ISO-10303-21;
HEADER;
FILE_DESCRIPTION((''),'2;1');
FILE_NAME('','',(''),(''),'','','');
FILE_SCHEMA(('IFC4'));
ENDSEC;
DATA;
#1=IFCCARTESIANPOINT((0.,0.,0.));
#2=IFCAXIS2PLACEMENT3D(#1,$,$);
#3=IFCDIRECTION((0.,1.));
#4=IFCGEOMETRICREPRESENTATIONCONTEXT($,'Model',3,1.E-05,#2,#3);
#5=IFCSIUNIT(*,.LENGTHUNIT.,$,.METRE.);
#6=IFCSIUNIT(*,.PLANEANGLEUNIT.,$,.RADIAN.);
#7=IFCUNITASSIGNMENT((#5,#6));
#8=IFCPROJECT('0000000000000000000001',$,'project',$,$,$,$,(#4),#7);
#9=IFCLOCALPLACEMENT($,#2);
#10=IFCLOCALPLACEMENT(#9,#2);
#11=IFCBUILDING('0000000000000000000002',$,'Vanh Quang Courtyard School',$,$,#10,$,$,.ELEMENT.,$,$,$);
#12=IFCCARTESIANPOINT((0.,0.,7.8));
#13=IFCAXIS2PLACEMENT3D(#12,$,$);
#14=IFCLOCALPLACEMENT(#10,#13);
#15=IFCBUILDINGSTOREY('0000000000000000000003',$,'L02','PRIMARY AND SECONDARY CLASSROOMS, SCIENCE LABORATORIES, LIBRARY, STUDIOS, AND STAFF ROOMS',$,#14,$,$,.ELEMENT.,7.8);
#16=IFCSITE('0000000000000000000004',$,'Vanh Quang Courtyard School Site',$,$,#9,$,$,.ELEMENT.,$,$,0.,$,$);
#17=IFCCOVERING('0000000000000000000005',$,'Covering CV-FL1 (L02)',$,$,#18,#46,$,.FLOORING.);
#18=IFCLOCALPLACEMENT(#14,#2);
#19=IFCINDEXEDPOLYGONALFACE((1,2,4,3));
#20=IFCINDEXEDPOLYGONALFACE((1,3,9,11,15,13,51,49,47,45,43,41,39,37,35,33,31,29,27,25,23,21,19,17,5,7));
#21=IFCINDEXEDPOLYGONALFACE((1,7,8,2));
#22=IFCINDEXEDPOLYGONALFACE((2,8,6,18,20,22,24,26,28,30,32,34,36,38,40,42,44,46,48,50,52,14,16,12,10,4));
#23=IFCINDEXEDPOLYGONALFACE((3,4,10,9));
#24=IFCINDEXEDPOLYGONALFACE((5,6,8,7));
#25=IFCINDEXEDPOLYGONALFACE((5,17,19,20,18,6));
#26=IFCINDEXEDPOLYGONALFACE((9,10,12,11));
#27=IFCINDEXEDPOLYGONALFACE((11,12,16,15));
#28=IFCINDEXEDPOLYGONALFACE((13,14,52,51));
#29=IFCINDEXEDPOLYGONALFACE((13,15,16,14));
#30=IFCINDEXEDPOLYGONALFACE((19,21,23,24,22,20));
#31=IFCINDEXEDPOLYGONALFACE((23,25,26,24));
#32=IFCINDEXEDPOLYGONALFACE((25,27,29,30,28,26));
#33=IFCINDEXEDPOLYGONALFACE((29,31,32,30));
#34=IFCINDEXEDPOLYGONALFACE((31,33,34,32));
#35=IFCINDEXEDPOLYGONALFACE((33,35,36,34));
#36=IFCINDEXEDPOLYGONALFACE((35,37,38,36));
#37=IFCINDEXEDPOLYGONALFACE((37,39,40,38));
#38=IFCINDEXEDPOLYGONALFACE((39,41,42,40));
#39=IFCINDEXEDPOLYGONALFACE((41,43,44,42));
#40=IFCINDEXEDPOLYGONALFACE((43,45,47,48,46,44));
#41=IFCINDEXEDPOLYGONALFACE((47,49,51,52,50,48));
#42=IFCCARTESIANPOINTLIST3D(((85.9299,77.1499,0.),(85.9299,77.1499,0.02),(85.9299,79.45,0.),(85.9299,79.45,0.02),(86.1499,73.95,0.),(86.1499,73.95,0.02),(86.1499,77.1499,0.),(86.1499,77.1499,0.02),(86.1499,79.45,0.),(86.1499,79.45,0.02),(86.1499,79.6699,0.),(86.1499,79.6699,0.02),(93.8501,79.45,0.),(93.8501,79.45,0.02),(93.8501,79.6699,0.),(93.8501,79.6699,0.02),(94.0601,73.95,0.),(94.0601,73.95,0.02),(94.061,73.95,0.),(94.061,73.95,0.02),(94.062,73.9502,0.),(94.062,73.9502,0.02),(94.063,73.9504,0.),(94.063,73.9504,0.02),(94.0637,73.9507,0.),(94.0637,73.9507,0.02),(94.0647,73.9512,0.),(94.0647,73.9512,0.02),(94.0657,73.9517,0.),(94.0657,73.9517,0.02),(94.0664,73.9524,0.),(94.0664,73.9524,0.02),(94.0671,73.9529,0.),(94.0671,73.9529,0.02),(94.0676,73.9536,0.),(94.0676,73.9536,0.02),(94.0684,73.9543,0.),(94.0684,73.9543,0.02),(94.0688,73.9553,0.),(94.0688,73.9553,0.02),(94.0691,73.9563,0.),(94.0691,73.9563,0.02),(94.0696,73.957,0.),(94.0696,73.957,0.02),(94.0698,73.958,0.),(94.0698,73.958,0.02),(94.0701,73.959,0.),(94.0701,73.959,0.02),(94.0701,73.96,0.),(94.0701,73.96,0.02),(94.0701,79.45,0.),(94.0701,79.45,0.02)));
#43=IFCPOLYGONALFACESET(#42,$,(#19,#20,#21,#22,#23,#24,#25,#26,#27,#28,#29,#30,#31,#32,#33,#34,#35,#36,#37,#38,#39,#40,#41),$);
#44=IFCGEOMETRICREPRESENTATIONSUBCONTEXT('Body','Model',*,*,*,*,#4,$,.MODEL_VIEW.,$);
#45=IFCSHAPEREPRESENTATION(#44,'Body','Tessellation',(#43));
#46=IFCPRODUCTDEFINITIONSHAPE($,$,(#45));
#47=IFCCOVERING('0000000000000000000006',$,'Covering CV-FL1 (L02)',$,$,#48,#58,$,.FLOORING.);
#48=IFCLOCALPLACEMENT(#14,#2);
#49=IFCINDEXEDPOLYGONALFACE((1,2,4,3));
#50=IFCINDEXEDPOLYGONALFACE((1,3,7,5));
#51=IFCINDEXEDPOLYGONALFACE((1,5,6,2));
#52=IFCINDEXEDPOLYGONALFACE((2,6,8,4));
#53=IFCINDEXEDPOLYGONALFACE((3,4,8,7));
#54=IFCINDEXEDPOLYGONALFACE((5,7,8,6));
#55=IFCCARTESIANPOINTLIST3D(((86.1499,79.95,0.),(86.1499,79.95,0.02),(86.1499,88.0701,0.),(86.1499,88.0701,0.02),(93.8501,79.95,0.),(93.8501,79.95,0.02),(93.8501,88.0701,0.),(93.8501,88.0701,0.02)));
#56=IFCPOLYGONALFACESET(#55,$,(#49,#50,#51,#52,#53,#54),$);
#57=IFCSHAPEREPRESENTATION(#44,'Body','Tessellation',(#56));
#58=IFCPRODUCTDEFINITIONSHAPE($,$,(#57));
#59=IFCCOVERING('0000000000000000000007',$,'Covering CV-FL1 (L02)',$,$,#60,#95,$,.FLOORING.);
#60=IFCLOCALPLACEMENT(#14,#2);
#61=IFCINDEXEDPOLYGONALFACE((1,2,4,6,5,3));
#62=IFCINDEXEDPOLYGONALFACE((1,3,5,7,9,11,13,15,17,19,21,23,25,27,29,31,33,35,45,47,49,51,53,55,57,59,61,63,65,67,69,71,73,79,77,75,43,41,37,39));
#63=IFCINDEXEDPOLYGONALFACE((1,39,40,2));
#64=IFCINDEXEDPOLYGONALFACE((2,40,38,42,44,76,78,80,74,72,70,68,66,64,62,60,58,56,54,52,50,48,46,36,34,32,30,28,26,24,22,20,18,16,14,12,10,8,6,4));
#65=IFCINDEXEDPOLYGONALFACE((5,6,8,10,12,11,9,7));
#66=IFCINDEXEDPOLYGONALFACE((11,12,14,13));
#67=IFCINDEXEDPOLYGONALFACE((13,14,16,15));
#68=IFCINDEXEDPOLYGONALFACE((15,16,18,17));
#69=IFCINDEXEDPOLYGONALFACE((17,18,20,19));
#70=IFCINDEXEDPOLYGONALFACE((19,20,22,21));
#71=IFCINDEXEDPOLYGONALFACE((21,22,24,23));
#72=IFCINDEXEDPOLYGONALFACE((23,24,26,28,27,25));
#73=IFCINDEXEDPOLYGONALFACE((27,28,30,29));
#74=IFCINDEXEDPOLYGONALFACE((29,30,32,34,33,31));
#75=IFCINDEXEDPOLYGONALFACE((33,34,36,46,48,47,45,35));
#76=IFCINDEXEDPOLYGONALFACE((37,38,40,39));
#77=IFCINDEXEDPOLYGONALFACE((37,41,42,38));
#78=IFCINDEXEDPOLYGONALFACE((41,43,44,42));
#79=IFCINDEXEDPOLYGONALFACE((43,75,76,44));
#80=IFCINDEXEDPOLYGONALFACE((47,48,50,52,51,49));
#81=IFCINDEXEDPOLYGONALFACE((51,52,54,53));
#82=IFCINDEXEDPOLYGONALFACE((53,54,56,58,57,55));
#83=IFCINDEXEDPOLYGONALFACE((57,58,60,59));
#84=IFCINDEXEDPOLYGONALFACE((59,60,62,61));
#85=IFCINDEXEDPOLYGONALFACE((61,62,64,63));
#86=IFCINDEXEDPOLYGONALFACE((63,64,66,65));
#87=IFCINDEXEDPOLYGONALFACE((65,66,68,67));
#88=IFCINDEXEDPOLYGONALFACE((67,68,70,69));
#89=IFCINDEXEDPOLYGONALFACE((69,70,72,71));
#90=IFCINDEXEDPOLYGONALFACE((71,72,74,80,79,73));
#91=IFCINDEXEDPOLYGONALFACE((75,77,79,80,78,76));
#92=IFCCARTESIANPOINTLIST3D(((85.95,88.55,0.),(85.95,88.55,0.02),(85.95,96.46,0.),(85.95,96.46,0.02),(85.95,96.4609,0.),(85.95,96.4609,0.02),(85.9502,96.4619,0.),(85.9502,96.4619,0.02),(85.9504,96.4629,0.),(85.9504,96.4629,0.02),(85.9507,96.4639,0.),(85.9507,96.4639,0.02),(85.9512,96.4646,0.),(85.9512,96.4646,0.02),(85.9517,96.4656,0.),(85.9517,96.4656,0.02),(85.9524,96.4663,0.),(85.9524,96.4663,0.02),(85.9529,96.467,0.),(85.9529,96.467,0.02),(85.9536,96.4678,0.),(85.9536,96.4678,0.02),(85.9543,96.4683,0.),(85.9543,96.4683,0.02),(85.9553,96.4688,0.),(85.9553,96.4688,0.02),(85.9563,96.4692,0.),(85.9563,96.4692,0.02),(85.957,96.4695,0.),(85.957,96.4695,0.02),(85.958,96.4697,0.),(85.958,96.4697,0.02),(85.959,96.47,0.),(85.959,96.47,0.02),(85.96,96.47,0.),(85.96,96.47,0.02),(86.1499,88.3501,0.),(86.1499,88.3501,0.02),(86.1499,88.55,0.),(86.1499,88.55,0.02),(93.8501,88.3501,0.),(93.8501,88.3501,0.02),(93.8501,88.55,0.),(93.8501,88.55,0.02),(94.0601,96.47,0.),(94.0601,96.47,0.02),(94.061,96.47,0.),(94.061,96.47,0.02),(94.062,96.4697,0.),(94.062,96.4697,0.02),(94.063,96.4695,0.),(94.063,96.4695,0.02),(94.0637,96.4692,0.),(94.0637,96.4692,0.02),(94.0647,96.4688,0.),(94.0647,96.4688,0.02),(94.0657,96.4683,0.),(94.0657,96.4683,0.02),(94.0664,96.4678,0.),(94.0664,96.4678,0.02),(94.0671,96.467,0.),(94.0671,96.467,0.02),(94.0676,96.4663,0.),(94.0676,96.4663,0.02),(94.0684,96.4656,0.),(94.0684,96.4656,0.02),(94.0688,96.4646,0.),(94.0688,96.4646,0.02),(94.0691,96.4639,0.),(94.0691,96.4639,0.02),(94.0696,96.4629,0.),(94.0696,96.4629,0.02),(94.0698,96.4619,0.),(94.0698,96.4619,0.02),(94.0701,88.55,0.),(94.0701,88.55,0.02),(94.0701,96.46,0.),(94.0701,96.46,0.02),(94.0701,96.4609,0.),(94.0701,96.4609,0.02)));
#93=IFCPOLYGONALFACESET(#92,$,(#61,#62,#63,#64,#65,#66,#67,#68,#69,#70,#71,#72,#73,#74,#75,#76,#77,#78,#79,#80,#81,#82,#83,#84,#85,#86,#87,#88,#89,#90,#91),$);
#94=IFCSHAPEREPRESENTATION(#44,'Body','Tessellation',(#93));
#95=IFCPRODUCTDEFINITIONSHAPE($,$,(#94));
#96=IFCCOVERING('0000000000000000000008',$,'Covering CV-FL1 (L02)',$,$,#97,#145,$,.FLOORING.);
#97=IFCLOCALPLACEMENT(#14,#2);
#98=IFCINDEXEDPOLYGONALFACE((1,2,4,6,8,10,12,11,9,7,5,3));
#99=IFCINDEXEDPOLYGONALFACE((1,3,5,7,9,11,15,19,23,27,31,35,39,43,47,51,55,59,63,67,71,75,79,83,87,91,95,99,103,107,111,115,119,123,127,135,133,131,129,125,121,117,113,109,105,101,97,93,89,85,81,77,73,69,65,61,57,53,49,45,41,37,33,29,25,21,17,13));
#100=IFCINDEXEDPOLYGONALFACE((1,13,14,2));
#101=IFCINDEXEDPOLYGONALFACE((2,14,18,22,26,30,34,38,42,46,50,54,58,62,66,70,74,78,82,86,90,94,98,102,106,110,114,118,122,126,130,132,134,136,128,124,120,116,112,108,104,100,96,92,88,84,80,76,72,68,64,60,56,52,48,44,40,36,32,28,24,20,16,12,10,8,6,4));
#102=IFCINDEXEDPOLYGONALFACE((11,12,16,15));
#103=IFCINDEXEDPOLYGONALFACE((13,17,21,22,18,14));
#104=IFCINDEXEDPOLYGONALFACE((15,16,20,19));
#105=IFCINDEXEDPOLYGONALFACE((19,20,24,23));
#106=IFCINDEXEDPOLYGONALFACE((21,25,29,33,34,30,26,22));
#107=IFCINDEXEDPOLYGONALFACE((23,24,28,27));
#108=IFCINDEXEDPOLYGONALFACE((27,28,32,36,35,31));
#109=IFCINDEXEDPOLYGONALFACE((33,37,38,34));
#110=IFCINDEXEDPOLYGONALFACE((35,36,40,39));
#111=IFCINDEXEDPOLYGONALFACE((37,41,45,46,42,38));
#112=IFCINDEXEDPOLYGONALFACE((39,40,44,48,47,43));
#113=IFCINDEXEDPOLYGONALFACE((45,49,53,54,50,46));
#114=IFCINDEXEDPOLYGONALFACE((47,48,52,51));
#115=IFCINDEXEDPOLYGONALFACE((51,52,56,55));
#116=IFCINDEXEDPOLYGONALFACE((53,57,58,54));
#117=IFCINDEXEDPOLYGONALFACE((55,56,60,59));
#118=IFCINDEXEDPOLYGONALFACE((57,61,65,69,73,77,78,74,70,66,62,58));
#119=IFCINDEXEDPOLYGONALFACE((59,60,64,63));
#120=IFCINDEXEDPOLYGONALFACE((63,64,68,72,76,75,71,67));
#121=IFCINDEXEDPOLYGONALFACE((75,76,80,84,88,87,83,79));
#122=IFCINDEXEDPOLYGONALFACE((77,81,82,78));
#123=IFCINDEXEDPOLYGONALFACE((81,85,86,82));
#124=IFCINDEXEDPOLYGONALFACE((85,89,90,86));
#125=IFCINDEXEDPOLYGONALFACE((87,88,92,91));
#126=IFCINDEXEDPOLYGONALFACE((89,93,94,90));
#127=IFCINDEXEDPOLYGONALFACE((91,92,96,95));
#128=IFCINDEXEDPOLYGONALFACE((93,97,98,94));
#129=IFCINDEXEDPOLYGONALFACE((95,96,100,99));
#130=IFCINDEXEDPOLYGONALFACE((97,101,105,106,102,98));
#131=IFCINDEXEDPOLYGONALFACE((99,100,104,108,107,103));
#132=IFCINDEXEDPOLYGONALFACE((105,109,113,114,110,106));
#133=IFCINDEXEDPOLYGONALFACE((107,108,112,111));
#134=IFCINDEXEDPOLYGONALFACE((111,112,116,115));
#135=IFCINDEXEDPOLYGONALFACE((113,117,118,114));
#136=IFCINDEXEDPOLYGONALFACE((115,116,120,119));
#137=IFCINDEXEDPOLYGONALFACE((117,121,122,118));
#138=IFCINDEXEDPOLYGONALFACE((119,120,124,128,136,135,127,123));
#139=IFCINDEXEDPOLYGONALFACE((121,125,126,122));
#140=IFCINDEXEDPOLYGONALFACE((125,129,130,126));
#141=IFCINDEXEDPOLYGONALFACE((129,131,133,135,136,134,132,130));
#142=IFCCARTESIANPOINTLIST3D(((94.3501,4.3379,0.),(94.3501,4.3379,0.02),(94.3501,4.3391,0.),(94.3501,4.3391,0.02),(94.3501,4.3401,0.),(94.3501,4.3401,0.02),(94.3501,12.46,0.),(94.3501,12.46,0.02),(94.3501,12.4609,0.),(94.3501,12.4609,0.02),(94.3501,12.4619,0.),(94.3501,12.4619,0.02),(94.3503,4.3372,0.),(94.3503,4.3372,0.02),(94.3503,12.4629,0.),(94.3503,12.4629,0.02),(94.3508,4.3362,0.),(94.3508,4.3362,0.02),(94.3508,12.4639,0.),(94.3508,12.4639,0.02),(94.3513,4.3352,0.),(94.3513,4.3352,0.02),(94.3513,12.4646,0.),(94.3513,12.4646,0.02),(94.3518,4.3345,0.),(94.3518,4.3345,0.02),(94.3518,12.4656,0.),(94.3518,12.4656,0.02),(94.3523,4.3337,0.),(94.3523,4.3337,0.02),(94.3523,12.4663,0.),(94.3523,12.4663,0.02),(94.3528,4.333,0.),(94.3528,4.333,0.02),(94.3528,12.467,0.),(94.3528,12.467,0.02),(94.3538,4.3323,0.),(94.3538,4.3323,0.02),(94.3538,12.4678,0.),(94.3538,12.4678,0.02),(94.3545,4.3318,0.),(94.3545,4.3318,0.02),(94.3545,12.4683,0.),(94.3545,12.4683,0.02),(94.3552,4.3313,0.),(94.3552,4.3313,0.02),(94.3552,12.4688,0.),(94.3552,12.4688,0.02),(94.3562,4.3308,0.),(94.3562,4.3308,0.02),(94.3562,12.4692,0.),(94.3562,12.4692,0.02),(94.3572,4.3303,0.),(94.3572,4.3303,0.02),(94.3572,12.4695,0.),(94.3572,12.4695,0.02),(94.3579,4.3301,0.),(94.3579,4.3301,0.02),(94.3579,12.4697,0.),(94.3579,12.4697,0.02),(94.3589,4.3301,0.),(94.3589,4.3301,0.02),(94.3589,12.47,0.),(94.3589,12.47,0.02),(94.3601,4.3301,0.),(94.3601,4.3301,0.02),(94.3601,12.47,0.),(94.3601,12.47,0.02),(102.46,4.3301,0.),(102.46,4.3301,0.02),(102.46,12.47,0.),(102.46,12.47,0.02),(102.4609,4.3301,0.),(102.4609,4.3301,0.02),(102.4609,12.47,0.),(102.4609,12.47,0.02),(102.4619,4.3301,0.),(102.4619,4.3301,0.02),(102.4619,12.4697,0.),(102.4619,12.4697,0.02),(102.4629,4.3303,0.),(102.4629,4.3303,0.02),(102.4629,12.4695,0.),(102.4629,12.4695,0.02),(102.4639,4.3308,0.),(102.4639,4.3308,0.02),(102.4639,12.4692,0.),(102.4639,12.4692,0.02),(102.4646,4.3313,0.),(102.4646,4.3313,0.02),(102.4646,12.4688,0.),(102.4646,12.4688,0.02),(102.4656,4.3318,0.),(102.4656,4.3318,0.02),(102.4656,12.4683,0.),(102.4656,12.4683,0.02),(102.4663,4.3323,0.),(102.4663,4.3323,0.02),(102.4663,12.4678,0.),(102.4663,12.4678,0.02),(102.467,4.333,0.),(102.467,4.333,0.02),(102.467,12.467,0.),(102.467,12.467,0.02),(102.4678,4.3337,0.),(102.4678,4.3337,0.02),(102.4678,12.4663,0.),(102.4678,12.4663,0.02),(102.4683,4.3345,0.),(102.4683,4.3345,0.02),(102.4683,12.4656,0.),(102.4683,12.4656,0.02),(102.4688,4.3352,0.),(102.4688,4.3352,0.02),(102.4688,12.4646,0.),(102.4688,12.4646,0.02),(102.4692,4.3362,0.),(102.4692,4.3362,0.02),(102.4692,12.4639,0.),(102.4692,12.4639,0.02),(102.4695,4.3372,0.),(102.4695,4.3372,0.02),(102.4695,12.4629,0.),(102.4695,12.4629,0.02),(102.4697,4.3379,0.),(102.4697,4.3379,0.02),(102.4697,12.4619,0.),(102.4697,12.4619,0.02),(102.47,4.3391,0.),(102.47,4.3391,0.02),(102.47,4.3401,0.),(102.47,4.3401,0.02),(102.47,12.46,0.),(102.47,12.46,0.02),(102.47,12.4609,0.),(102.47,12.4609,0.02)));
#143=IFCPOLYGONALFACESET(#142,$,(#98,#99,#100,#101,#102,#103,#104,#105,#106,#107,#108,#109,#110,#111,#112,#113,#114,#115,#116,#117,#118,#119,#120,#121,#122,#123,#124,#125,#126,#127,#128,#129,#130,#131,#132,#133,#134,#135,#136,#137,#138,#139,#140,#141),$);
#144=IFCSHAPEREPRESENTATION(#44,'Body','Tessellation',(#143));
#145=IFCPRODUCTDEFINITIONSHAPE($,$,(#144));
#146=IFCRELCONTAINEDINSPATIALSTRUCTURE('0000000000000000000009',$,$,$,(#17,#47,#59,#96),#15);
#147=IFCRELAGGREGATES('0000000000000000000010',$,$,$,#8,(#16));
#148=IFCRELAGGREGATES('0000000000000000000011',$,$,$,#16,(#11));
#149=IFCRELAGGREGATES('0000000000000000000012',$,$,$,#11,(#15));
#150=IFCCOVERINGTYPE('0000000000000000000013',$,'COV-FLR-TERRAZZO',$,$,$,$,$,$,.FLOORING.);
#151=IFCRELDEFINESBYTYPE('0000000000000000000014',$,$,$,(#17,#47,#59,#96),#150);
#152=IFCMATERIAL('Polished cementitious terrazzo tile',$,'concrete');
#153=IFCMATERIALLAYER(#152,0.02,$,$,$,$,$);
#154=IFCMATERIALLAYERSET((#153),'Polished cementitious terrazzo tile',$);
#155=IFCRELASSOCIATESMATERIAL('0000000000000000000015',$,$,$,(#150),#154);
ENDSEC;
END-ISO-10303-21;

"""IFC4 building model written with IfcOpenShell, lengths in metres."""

from ifc_helpers import new_model, si_unit, direction, frame, origin, place, context, subcontext, project, spatial, polyline, outline, extrude, material, layer, layer_set, type_object, element, save


model = new_model("IFC4")

# Units and contexts
model_context = context("Model", 3, precision=1e-05, world=origin(), true_north=direction((0.0, 1.0)))
body_context = subcontext(model_context, "Body", "Model", "MODEL_VIEW")
ifc_project = project(units=[si_unit("LENGTHUNIT", "METRE"), si_unit("PLANEANGLEUNIT", "RADIAN")], contexts=[model_context])

# Site, building, storey
site_placement = place(None, origin())
site = spatial("IfcSite", under=ifc_project, at=site_placement, Name="Vanh Quang Courtyard School Site", CompositionType="ELEMENT", RefElevation=0.0)
building_placement = place(site_placement, origin())
building = spatial("IfcBuilding", under=site, at=building_placement, Name="Vanh Quang Courtyard School", CompositionType="ELEMENT")
storey_placement = place(building_placement, frame((0.0, 0.0, 7.8)))
storey = spatial("IfcBuildingStorey", under=building, at=storey_placement, Name="L02", Description="PRIMARY AND SECONDARY CLASSROOMS, SCIENCE LABORATORIES, LIBRARY, STUDIOS, AND STAFF ROOMS", CompositionType="ELEMENT", Elevation=7.8)

# Coverings
ifc_material_1 = material(Name="Polished cementitious terrazzo tile", Category="concrete")
ifc_layer_1 = layer(ifc_material_1, 0.02)
ifc_layer_set_1 = layer_set([ifc_layer_1], Name="Polished cementitious terrazzo tile")
covering_type_1 = type_object("IfcCoveringType", Name="COV-FLR-TERRAZZO", PredefinedType="FLOORING", material=ifc_layer_set_1)
covering_1_placement = place(storey_placement, origin())
element("IfcCovering", 1, at=covering_1_placement, inside=storey, type_object=covering_type_1, Name="Covering CV-FL1 (L02)", PredefinedType="FLOORING", context=body_context, shape_type="SweptSolid", body=[
    extrude(outline(polyline([(85.9299, 79.45), (86.1499, 79.45), (86.1499, 79.6699), (93.8501, 79.6699), (93.8501, 79.45), (94.0701, 79.45), (94.0701, 73.96), (94.0701, 73.959), (94.0698, 73.958), (94.0696, 73.957), (94.0691, 73.9563), (94.0688, 73.9553), (94.0684, 73.9543), (94.0676, 73.9536), (94.0671, 73.9529), (94.0664, 73.9524), (94.0657, 73.9517), (94.0647, 73.9512), (94.0637, 73.9507), (94.063, 73.9504), (94.062, 73.9502), (94.061, 73.95), (94.0601, 73.95), (86.1499, 73.95), (86.1499, 77.1499), (85.9299, 77.1499), (85.9299, 79.45)])), origin(), (0.0, 0.0, 1.0), 0.02),
])
covering_2_placement = place(storey_placement, origin())
element("IfcCovering", 2, at=covering_2_placement, inside=storey, type_object=covering_type_1, Name="Covering CV-FL1 (L02)", PredefinedType="FLOORING", context=body_context, shape_type="SweptSolid", body=[
    extrude(outline(polyline([(86.1499, 79.95), (86.1499, 88.0701), (93.8501, 88.0701), (93.8501, 79.95), (86.1499, 79.95)])), origin(), (0.0, 0.0, 1.0), 0.02),
])
covering_3_placement = place(storey_placement, origin())
element("IfcCovering", 3, at=covering_3_placement, inside=storey, type_object=covering_type_1, Name="Covering CV-FL1 (L02)", PredefinedType="FLOORING", context=body_context, shape_type="SweptSolid", body=[
    extrude(outline(polyline([(86.1499, 88.3501), (86.1499, 88.55), (85.95, 88.55), (85.95, 96.46), (85.95, 96.4609), (85.9502, 96.4619), (85.9504, 96.4629), (85.9507, 96.4639), (85.9512, 96.4646), (85.9517, 96.4656), (85.9524, 96.4663), (85.9529, 96.467), (85.9536, 96.4678), (85.9543, 96.4683), (85.9553, 96.4688), (85.9563, 96.4692), (85.957, 96.4695), (85.958, 96.4697), (85.959, 96.47), (85.96, 96.47), (94.0601, 96.47), (94.061, 96.47), (94.062, 96.4697), (94.063, 96.4695), (94.0637, 96.4692), (94.0647, 96.4688), (94.0657, 96.4683), (94.0664, 96.4678), (94.0671, 96.467), (94.0676, 96.4663), (94.0684, 96.4656), (94.0688, 96.4646), (94.0691, 96.4639), (94.0696, 96.4629), (94.0698, 96.4619), (94.0701, 96.4609), (94.0701, 96.46), (94.0701, 88.55), (93.8501, 88.55), (93.8501, 88.3501), (86.1499, 88.3501)])), origin(), (0.0, 0.0, 1.0), 0.02),
])
covering_4_placement = place(storey_placement, origin())
element("IfcCovering", 4, at=covering_4_placement, inside=storey, type_object=covering_type_1, Name="Covering CV-FL1 (L02)", PredefinedType="FLOORING", context=body_context, shape_type="SweptSolid", body=[
    extrude(outline(polyline([(94.3501, 12.46), (94.3501, 12.4609), (94.3501, 12.4619), (94.3503, 12.4629), (94.3508, 12.4639), (94.3513, 12.4646), (94.3518, 12.4656), (94.3523, 12.4663), (94.3528, 12.467), (94.3538, 12.4678), (94.3545, 12.4683), (94.3552, 12.4688), (94.3562, 12.4692), (94.3572, 12.4695), (94.3579, 12.4697), (94.3589, 12.47), (94.3601, 12.47), (102.46, 12.47), (102.4609, 12.47), (102.4619, 12.4697), (102.4629, 12.4695), (102.4639, 12.4692), (102.4646, 12.4688), (102.4656, 12.4683), (102.4663, 12.4678), (102.467, 12.467), (102.4678, 12.4663), (102.4683, 12.4656), (102.4688, 12.4646), (102.4692, 12.4639), (102.4695, 12.4629), (102.4697, 12.4619), (102.47, 12.4609), (102.47, 12.46), (102.47, 4.3401), (102.47, 4.3391), (102.4697, 4.3379), (102.4695, 4.3372), (102.4692, 4.3362), (102.4688, 4.3352), (102.4683, 4.3345), (102.4678, 4.3337), (102.467, 4.333), (102.4663, 4.3323), (102.4656, 4.3318), (102.4646, 4.3313), (102.4639, 4.3308), (102.4629, 4.3303), (102.4619, 4.3301), (102.4609, 4.3301), (102.46, 4.3301), (94.3601, 4.3301), (94.3589, 4.3301), (94.3579, 4.3301), (94.3572, 4.3303), (94.3562, 4.3308), (94.3552, 4.3313), (94.3545, 4.3318), (94.3538, 4.3323), (94.3528, 4.333), (94.3523, 4.3337), (94.3518, 4.3345), (94.3513, 4.3352), (94.3508, 4.3362), (94.3503, 4.3372), (94.3501, 4.3379), (94.3501, 4.3391), (94.3501, 4.3401), (94.3501, 12.46)])), origin(), (0.0, 0.0, 1.0), 0.02),
])

save(model, "model.ifc")
